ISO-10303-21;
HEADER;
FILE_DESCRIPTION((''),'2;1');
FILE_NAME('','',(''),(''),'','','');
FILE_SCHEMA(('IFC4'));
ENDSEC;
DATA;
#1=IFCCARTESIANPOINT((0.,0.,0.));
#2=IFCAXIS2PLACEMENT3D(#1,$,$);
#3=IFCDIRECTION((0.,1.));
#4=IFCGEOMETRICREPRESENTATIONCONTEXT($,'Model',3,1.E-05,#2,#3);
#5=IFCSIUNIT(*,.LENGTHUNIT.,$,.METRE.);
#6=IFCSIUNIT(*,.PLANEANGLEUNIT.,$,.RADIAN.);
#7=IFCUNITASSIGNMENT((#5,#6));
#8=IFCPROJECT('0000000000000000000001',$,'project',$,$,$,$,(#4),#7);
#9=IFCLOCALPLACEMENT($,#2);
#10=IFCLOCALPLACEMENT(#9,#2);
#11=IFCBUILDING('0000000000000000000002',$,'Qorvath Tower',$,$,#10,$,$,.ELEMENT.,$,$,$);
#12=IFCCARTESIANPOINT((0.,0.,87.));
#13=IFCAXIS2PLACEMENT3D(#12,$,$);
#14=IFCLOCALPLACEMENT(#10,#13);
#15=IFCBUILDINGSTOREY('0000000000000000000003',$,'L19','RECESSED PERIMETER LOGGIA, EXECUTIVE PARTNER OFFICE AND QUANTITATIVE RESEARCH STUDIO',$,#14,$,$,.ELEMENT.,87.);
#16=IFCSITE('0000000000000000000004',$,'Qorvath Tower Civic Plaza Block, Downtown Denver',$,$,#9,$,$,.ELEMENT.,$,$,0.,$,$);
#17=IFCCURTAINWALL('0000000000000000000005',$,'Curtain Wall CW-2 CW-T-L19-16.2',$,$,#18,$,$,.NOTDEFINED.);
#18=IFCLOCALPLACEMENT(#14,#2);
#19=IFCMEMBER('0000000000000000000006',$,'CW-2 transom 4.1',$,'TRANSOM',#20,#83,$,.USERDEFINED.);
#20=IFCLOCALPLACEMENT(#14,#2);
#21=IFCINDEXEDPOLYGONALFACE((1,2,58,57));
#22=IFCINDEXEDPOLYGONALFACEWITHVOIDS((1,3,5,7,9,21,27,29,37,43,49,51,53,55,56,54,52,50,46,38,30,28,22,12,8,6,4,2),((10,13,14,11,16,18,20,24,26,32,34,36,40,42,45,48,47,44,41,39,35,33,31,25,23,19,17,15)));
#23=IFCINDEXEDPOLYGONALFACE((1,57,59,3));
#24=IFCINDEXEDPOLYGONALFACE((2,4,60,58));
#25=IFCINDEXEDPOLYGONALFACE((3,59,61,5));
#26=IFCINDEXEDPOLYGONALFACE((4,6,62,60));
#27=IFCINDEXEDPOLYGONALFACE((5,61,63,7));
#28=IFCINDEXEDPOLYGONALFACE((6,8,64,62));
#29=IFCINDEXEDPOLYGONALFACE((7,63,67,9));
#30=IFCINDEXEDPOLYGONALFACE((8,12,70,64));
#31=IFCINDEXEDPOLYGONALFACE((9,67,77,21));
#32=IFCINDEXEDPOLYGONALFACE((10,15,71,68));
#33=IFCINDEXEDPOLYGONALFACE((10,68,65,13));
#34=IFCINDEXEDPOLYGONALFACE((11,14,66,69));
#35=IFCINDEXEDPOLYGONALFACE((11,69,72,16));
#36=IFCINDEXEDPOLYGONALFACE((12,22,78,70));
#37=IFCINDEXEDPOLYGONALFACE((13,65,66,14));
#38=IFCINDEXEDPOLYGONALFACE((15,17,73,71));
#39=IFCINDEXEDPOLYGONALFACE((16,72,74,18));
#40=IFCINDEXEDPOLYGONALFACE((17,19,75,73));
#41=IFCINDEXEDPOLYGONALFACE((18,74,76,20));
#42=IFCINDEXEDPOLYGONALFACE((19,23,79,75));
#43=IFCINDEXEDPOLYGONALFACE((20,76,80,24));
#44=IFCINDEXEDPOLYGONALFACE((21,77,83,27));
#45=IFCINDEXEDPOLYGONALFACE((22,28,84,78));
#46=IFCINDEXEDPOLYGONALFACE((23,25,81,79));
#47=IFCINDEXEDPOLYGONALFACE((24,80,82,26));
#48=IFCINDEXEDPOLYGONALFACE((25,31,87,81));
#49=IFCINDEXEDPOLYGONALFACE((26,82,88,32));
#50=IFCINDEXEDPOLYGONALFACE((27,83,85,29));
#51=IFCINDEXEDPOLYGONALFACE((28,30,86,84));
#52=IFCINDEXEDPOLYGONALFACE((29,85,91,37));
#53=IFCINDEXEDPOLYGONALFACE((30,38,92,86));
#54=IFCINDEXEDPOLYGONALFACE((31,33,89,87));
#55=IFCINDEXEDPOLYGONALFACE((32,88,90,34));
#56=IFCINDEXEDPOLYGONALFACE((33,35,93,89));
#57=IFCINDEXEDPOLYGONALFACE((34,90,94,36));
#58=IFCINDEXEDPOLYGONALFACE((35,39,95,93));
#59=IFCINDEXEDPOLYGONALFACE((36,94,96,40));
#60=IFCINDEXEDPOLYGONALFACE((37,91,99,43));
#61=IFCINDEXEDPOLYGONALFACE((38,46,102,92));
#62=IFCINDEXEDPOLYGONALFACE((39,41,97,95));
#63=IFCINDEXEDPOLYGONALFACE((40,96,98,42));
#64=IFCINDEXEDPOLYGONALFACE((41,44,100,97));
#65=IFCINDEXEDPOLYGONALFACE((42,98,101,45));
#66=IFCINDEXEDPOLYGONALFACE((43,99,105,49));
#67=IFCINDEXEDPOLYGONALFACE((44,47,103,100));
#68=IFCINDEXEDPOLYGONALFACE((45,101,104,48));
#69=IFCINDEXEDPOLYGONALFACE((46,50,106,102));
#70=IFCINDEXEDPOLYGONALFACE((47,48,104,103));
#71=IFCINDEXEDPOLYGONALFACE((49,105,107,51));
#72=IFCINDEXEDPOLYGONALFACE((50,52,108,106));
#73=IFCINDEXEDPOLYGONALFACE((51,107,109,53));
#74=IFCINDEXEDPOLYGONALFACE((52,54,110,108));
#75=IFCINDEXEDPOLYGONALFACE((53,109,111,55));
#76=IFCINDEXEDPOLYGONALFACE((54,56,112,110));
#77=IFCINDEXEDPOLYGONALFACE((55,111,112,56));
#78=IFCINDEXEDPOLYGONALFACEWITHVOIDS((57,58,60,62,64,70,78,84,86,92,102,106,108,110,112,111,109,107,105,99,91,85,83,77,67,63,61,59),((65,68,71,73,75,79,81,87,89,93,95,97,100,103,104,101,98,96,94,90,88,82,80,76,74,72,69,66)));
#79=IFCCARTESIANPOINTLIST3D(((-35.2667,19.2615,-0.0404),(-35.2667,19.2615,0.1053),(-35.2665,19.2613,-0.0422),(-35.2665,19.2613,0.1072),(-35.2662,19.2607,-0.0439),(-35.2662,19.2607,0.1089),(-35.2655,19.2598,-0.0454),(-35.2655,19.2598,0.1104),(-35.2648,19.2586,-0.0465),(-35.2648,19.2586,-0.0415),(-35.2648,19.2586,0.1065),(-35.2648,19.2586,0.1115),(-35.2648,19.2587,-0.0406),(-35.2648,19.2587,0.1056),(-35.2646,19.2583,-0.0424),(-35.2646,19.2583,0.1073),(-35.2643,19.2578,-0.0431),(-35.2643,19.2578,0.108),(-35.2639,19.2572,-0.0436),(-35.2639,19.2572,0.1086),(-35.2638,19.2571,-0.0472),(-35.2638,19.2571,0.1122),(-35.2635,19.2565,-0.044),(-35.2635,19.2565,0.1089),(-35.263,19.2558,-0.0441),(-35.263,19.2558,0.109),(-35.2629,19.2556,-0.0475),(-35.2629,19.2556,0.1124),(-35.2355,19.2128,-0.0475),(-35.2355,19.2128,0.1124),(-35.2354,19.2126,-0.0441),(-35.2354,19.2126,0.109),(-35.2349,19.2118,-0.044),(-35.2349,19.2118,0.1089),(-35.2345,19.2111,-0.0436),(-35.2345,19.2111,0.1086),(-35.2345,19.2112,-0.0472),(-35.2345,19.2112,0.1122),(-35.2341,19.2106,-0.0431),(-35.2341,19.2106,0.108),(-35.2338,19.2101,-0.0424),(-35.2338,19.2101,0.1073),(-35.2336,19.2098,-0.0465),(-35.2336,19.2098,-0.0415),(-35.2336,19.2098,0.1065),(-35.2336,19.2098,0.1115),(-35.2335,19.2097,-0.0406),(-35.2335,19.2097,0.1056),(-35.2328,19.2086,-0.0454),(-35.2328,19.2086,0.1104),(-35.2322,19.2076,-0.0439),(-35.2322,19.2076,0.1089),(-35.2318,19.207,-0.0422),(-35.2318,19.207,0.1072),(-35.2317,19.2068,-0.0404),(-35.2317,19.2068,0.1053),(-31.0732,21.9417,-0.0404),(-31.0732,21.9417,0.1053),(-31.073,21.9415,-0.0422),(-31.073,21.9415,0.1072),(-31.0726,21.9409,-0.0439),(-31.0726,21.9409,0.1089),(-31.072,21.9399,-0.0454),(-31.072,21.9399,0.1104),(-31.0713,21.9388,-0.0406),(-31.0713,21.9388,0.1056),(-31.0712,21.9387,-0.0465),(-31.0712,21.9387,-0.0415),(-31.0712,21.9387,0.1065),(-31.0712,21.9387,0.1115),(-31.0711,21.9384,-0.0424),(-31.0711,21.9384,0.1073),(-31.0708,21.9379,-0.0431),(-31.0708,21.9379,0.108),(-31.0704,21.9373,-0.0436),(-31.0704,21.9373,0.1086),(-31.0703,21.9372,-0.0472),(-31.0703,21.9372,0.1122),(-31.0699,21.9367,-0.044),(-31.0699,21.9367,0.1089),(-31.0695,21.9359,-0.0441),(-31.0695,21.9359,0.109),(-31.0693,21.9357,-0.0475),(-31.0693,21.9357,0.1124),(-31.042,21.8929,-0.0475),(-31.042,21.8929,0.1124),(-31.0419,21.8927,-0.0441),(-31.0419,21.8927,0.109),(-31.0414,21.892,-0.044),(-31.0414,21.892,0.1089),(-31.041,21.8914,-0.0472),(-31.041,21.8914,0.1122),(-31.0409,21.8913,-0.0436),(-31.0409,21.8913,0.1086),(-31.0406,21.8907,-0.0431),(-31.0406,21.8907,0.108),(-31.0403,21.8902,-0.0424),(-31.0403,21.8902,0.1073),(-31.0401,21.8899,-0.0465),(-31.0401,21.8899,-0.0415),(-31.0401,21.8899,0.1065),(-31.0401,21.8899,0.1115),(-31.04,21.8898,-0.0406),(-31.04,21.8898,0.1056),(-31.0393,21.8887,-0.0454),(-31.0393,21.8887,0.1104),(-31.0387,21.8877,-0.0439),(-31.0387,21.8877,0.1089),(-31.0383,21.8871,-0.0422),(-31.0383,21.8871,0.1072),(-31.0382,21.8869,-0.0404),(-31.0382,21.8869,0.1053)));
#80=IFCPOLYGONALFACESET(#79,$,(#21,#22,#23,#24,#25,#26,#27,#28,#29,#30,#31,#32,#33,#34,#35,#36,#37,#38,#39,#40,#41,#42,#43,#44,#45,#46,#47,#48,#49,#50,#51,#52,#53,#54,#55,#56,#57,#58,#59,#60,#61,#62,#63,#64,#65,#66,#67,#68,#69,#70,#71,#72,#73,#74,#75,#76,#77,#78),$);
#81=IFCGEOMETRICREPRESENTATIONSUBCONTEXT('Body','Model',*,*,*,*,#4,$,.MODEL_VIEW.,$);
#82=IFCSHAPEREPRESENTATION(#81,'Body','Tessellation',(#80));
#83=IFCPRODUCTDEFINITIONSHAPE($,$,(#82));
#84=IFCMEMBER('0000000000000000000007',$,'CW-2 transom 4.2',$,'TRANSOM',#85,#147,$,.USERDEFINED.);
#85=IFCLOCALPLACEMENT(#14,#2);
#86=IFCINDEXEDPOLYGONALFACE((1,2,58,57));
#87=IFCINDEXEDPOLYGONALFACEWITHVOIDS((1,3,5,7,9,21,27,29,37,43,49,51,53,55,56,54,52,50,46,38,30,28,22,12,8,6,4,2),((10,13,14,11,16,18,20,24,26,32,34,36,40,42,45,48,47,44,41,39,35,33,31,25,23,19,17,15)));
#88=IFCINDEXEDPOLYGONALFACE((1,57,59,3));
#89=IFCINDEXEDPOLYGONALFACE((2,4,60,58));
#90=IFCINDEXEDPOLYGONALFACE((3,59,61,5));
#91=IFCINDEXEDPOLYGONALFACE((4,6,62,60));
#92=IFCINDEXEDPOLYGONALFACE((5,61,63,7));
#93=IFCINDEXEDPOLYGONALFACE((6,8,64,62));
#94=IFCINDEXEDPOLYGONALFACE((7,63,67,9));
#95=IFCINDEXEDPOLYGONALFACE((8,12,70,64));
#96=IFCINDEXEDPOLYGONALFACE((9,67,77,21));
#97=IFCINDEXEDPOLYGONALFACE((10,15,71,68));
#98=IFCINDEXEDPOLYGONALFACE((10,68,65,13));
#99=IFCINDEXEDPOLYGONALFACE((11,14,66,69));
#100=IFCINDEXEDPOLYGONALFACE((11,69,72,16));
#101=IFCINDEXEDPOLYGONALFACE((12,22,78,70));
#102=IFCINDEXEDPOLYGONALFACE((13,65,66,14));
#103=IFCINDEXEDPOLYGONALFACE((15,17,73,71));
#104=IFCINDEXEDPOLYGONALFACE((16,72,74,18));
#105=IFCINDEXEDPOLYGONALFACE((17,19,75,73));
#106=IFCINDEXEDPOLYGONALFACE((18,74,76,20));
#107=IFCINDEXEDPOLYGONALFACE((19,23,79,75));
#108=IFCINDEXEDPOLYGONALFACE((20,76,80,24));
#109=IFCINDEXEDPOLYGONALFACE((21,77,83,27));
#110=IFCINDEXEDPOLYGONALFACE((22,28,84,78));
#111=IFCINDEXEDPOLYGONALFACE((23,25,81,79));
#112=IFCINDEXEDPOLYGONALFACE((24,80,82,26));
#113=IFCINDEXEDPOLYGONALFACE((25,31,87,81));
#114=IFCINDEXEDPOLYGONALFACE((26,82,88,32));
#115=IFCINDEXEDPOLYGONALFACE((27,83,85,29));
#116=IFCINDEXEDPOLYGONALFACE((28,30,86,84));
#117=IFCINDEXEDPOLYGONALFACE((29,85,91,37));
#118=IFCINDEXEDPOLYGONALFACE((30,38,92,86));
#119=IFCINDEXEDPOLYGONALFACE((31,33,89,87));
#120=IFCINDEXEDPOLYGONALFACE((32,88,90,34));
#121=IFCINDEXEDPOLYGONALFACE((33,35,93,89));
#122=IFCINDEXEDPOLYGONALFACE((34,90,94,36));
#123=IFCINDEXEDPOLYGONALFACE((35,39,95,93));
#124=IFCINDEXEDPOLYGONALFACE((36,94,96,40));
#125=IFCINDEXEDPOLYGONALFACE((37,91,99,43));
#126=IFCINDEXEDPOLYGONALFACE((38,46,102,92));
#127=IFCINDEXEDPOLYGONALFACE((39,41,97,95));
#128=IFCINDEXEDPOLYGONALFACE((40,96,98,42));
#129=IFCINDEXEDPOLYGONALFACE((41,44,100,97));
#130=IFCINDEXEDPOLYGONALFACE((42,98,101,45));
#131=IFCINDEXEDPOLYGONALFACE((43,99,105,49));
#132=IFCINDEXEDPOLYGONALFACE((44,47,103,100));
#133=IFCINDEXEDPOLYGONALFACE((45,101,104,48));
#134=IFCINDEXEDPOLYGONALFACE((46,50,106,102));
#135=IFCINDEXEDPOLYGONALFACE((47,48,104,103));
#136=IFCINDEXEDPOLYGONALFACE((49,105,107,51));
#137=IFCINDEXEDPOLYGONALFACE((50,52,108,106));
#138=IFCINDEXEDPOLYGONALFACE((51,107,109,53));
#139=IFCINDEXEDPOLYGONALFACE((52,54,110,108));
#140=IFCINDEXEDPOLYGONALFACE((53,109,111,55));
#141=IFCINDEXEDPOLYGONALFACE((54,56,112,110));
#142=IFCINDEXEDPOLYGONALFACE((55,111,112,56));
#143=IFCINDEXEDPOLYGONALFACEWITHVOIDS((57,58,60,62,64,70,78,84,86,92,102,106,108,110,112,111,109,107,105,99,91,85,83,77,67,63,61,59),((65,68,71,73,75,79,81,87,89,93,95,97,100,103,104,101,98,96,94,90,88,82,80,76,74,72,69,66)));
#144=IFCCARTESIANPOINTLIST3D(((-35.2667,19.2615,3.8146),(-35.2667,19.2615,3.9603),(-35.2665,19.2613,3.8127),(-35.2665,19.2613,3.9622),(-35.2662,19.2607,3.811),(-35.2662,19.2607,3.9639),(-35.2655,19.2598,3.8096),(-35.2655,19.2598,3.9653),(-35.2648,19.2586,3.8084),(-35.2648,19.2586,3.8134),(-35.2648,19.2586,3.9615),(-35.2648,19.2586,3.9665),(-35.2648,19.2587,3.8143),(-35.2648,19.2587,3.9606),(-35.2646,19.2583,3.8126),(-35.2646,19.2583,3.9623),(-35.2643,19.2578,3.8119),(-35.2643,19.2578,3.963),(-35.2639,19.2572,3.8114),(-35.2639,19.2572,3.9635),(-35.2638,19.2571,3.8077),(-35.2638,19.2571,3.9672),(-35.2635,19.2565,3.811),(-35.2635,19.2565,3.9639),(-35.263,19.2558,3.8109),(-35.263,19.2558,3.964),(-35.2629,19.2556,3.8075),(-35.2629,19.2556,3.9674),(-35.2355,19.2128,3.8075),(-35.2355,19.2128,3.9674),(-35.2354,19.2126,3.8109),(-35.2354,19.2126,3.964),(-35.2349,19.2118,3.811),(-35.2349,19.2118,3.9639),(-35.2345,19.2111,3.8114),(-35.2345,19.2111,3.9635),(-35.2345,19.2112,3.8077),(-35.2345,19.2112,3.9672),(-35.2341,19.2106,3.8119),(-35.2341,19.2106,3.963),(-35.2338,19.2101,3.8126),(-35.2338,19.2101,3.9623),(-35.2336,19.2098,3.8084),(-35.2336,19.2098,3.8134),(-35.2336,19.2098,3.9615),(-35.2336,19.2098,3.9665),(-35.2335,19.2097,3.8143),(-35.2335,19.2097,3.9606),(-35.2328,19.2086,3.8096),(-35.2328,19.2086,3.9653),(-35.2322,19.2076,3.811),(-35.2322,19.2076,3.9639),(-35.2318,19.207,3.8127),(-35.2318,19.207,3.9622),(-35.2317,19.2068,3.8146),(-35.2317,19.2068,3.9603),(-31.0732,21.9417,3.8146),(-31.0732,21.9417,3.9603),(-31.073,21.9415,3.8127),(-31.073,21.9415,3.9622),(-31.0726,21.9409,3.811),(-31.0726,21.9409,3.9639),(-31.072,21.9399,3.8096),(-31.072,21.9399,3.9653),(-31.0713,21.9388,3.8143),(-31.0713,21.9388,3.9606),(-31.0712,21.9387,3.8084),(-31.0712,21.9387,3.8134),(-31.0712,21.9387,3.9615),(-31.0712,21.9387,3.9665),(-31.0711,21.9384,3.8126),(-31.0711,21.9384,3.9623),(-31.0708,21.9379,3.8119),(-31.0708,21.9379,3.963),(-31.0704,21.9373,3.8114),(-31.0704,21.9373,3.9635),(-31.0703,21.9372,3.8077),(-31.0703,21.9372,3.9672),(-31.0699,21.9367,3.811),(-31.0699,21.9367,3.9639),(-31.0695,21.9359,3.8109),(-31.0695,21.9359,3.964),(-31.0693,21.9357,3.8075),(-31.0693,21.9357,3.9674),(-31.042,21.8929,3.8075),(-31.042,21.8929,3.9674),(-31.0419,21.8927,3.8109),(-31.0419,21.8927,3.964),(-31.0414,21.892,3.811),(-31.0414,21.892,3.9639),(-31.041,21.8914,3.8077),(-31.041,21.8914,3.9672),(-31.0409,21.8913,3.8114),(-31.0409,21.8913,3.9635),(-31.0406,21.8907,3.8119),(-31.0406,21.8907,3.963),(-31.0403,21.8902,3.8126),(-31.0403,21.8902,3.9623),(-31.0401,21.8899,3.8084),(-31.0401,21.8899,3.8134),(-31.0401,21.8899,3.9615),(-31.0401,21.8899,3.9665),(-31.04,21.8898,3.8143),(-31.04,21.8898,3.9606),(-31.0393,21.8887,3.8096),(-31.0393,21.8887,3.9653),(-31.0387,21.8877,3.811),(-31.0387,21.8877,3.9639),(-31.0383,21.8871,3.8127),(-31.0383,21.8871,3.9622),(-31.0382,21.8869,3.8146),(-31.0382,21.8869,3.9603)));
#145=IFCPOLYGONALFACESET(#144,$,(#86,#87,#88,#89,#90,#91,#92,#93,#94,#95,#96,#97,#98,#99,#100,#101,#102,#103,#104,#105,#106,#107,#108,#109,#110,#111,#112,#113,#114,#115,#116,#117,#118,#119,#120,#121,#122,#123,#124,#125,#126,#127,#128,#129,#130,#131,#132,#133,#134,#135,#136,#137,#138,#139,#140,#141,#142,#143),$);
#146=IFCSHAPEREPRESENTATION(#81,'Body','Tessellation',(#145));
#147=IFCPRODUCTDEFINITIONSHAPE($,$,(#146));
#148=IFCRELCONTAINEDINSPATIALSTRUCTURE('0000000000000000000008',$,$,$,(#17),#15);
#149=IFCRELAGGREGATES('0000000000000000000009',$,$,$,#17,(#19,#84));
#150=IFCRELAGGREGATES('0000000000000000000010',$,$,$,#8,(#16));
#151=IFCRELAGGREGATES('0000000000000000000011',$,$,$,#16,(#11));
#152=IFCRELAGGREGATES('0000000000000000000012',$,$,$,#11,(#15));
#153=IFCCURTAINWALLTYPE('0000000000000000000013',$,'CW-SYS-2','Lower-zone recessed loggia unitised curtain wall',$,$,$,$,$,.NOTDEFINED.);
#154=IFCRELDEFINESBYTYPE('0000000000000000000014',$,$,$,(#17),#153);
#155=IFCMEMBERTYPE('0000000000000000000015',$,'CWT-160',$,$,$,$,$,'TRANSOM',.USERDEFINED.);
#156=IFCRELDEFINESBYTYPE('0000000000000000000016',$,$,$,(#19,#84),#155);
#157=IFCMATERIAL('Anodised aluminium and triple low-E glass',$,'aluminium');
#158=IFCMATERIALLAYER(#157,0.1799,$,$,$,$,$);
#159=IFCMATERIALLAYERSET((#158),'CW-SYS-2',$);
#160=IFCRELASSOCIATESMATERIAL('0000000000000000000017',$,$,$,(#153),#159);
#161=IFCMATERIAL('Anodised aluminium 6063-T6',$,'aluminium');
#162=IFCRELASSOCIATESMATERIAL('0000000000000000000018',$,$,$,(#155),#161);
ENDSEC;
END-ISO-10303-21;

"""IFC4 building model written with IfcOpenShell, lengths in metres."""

from ifc_helpers import new_model, si_unit, direction, frame, origin, origin_2d, place, context, subcontext, project, spatial, hollow_rectangle, extrude, material, layer, layer_set, material_profile, profile_set, type_object, element, aggregate, save


model = new_model("IFC4")

# Units and contexts
model_context = context("Model", 3, precision=1e-05, world=origin(), true_north=direction((0.0, 1.0)))
body_context = subcontext(model_context, "Body", "Model", "MODEL_VIEW")
ifc_project = project(units=[si_unit("LENGTHUNIT", "METRE"), si_unit("PLANEANGLEUNIT", "RADIAN")], contexts=[model_context])

# Site, building, storey
site_placement = place(None, origin())
site = spatial("IfcSite", under=ifc_project, at=site_placement, Name="Qorvath Tower Civic Plaza Block, Downtown Denver", CompositionType="ELEMENT", RefElevation=0.0)
building_placement = place(site_placement, origin())
building = spatial("IfcBuilding", under=site, at=building_placement, Name="Qorvath Tower", CompositionType="ELEMENT")
storey_placement = place(building_placement, frame((0.0, 0.0, 87.0)))
storey = spatial("IfcBuildingStorey", under=building, at=storey_placement, Name="L19", Description="RECESSED PERIMETER LOGGIA, EXECUTIVE PARTNER OFFICE AND QUANTITATIVE RESEARCH STUDIO", CompositionType="ELEMENT", Elevation=87.0)

# Curtain wall
ifc_material_1 = material(Name="Anodised aluminium and triple low-E glass", Category="aluminium")
ifc_layer_1 = layer(ifc_material_1, 0.1799)
ifc_layer_set_1 = layer_set([ifc_layer_1], Name="CW-SYS-2")
curtain_wall_type = type_object("IfcCurtainWallType", Name="CW-SYS-2", Description="Lower-zone recessed loggia unitised curtain wall", PredefinedType="NOTDEFINED", material=ifc_layer_set_1)
curtain_wall_1_placement = place(storey_placement, origin())
curtain_wall_1 = element("IfcCurtainWall", 1, at=curtain_wall_1_placement, inside=storey, type_object=curtain_wall_type, Name="Curtain Wall CW-2 CW-T-L19-16.2", PredefinedType="NOTDEFINED")

# Members
ifc_material_2 = material(Name="Anodised aluminium 6063-T6", Category="aluminium")
ifc_material_profile_1 = material_profile(ifc_material_2, hollow_rectangle(XDim=0.0649, YDim=0.1599, WallThickness=0.0034, InnerFilletRadius=0.0034, OuterFilletRadius=0.0071, at=origin_2d()), Name="CWT 160x65")
ifc_profile_set_1 = profile_set([ifc_material_profile_1], Name="Anodised aluminium 6063-T6")
member_type_1 = type_object("IfcMemberType", Name="CWT-160", ElementType="TRANSOM", PredefinedType="USERDEFINED", material=ifc_profile_set_1)
member_1_placement = place(storey_placement, frame((-31.0557, 21.9143, 0.0325), z_axis=(-0.842612, -0.538522, 0.0), x_axis=(0.538522, -0.842612, 0.0)))
member_1 = element("IfcMember", 2, at=member_1_placement, type_object=member_type_1, Name="CW-2 transom 4.1", ObjectType="TRANSOM", PredefinedType="USERDEFINED", context=body_context, shape_type="SweptSolid", body=[
    extrude(hollow_rectangle(XDim=0.0649, YDim=0.1599, WallThickness=0.0034, InnerFilletRadius=0.0034, OuterFilletRadius=0.0071, at=origin_2d()), origin(), (0.0, 0.0, 1.0), 4.9768),
])
member_2_placement = place(storey_placement, frame((-31.0557, 21.9143, 3.8875), z_axis=(-0.842612, -0.538522, 0.0), x_axis=(0.538522, -0.842612, 0.0)))
member_2 = element("IfcMember", 3, at=member_2_placement, type_object=member_type_1, Name="CW-2 transom 4.2", ObjectType="TRANSOM", PredefinedType="USERDEFINED", context=body_context, shape_type="SweptSolid", body=[
    extrude(hollow_rectangle(XDim=0.0649, YDim=0.1599, WallThickness=0.0034, InnerFilletRadius=0.0034, OuterFilletRadius=0.0071, at=origin_2d()), origin(), (0.0, 0.0, 1.0), 4.9768),
])

aggregate(curtain_wall_1, [member_1, member_2])

save(model, "model.ifc")
